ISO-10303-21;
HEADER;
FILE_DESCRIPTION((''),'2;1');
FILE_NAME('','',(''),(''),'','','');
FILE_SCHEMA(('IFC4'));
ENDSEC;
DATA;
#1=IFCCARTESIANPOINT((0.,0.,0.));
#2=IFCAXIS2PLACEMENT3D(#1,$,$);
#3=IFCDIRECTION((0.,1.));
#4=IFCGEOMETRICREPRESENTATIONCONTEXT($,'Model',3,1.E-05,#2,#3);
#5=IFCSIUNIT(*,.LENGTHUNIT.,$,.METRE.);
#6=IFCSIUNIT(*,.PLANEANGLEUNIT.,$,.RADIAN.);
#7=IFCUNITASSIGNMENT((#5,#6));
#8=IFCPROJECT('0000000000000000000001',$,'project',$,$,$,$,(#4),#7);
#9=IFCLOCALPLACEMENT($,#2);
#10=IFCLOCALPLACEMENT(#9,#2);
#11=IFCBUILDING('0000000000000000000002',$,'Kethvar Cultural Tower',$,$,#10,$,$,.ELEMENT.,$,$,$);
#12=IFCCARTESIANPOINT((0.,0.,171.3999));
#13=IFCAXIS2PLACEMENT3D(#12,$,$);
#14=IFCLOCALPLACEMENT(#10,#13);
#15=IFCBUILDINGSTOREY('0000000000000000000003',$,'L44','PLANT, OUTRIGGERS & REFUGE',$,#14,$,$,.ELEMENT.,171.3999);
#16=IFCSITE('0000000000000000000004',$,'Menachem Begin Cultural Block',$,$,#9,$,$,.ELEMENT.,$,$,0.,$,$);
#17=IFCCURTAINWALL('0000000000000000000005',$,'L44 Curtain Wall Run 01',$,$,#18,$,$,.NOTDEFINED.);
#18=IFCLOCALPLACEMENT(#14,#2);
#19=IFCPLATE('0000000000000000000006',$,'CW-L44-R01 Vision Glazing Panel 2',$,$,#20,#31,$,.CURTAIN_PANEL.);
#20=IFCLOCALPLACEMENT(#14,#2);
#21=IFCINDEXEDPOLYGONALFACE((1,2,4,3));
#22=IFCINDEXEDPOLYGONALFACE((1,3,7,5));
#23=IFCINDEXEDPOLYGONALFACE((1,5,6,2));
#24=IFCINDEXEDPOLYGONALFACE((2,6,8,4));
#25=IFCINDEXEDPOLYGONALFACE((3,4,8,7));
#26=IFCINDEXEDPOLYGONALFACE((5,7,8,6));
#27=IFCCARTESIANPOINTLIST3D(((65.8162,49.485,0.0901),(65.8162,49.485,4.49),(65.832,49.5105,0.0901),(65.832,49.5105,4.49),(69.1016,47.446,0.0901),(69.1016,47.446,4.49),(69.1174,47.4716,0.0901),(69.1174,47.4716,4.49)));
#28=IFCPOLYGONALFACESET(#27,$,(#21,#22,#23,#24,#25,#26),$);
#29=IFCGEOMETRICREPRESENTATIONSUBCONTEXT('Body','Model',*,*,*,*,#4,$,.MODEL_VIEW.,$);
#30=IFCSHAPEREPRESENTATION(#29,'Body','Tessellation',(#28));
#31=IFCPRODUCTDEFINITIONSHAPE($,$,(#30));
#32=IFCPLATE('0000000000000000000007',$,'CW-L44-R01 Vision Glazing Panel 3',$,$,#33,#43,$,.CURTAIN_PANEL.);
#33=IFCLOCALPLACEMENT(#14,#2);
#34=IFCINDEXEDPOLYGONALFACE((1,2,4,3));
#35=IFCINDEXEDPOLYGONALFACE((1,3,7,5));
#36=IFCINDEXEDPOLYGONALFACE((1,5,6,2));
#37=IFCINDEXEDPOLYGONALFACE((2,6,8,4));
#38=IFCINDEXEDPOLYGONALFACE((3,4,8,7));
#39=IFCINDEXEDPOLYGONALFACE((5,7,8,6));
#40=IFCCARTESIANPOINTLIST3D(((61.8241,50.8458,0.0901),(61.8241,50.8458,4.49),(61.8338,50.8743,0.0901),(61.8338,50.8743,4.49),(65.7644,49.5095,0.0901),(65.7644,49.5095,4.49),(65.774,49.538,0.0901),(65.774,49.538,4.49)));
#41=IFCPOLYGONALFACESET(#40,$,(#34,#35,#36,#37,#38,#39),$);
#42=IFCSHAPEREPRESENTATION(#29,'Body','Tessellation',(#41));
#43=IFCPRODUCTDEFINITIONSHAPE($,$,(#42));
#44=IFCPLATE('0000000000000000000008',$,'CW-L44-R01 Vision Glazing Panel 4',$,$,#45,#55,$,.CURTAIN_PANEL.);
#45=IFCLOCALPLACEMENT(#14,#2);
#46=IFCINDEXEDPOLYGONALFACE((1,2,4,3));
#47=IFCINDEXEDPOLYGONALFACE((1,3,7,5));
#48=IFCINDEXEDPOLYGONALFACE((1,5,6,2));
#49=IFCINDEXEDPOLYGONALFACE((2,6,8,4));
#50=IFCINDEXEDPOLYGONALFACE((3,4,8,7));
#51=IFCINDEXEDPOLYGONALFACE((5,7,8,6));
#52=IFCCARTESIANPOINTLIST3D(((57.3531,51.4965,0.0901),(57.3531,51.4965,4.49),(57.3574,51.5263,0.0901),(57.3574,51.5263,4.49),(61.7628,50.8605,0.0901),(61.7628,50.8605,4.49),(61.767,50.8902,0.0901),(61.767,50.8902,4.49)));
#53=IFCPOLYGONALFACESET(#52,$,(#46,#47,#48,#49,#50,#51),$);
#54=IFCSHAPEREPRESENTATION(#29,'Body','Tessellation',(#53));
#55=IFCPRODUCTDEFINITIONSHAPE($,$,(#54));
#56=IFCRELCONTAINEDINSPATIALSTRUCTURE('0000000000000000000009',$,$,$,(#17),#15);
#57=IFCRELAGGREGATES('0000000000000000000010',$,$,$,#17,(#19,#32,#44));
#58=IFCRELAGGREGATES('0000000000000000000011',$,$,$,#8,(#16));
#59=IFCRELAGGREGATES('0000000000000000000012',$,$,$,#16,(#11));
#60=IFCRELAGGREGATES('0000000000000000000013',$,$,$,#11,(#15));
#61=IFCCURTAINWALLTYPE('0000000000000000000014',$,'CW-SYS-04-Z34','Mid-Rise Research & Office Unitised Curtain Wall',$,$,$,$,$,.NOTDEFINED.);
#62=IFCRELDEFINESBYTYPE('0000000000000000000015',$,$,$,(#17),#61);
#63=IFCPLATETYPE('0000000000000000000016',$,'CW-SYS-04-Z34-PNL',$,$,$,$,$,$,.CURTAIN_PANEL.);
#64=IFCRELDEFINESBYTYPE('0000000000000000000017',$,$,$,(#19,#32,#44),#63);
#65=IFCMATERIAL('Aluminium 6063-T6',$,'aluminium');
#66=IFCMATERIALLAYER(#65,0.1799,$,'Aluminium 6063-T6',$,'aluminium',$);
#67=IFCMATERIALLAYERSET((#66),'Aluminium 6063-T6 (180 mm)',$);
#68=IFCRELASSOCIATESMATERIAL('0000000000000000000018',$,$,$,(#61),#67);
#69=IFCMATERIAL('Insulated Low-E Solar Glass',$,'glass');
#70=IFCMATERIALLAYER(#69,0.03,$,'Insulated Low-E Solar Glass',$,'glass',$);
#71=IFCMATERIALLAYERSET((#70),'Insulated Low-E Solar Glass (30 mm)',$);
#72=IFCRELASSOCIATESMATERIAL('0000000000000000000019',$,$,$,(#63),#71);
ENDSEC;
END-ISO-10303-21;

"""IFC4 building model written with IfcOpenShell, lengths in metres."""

from ifc_helpers import new_model, si_unit, direction, frame, origin, origin_2d, place, context, subcontext, project, spatial, rectangle, extrude, source, transform, mapped, material, layer, layer_set, type_object, element, aggregate, save


model = new_model("IFC4")

# Units and contexts
model_context = context("Model", 3, precision=1e-05, world=origin(), true_north=direction((0.0, 1.0)))
body_context = subcontext(model_context, "Body", "Model", "MODEL_VIEW")
ifc_project = project(units=[si_unit("LENGTHUNIT", "METRE"), si_unit("PLANEANGLEUNIT", "RADIAN")], contexts=[model_context])

# Site, building, storey
site_placement = place(None, origin())
site = spatial("IfcSite", under=ifc_project, at=site_placement, Name="Menachem Begin Cultural Block", CompositionType="ELEMENT", RefElevation=0.0)
building_placement = place(site_placement, origin())
building = spatial("IfcBuilding", under=site, at=building_placement, Name="Kethvar Cultural Tower", CompositionType="ELEMENT")
storey_placement = place(building_placement, frame((0.0, 0.0, 171.3999)))
storey = spatial("IfcBuildingStorey", under=building, at=storey_placement, Name="L44", Description="PLANT, OUTRIGGERS & REFUGE", CompositionType="ELEMENT", Elevation=171.3999)

# Curtain wall
ifc_material_1 = material(Name="Aluminium 6063-T6", Category="aluminium")
ifc_layer_1 = layer(ifc_material_1, 0.1799, Name="Aluminium 6063-T6", Category="aluminium")
ifc_layer_set_1 = layer_set([ifc_layer_1], Name="Aluminium 6063-T6 (180 mm)")
curtain_wall_type = type_object("IfcCurtainWallType", Name="CW-SYS-04-Z34", Description="Mid-Rise Research & Office Unitised Curtain Wall", PredefinedType="NOTDEFINED", material=ifc_layer_set_1)
curtain_wall_1_placement = place(storey_placement, origin())
curtain_wall_1 = element("IfcCurtainWall", 1, at=curtain_wall_1_placement, inside=storey, type_object=curtain_wall_type, Name="L44 Curtain Wall Run 01", PredefinedType="NOTDEFINED")

# Shared definitions
ifc_material_2 = material(Name="Insulated Low-E Solar Glass", Category="glass")
ifc_layer_2 = layer(ifc_material_2, 0.03, Name="Insulated Low-E Solar Glass", Category="glass")
ifc_layer_set_2 = layer_set([ifc_layer_2], Name="Insulated Low-E Solar Glass (30 mm)")
plate_type_1 = type_object("IfcPlateType", Name="CW-SYS-04-Z34-PNL", PredefinedType="CURTAIN_PANEL", material=ifc_layer_set_2)

# Plates
shared_shape_1 = source(origin(), body_context, "Body", "SweptSolid", [
    extrude(rectangle(XDim=3.8667, YDim=0.03, at=origin_2d()), origin(), (0.0, 0.0, 1.0), 4.3999),
])
plate_1_placement = place(storey_placement, frame((67.4668, 48.4783, 0.0901), z_axis=(0.0, 0.0, 1.0), x_axis=(-0.849672, 0.527312, 0.0)))
plate_1 = element("IfcPlate", 2, at=plate_1_placement, type_object=plate_type_1, Name="CW-L44-R01 Vision Glazing Panel 2", PredefinedType="CURTAIN_PANEL", context=body_context, shape_type="MappedRepresentation", body=[
    mapped(shared_shape_1, transform((0.0, 0.0, 0.0), scale=1.0)),
])
shared_shape_2 = source(origin(), body_context, "Body", "SweptSolid", [
    extrude(rectangle(XDim=4.1606, YDim=0.03, at=origin_2d()), origin(), (0.0, 0.0, 1.0), 4.3999),
])
plate_2_placement = place(storey_placement, frame((63.7991, 50.1919, 0.0901), z_axis=(0.0, 0.0, 1.0), x_axis=(-0.94702, 0.321175, 0.0)))
plate_2 = element("IfcPlate", 3, at=plate_2_placement, type_object=plate_type_1, Name="CW-L44-R01 Vision Glazing Panel 3", PredefinedType="CURTAIN_PANEL", context=body_context, shape_type="MappedRepresentation", body=[
    mapped(shared_shape_2, transform((0.0, 0.0, 0.0), scale=1.0)),
])
shared_shape_3 = source(origin(), body_context, "Body", "SweptSolid", [
    extrude(rectangle(XDim=4.4553, YDim=0.03, at=origin_2d()), origin(), (0.0, 0.0, 1.0), 4.3999),
])
plate_3_placement = place(storey_placement, frame((59.5601, 51.1934, 0.0901), z_axis=(0.0, 0.0, 1.0), x_axis=(-0.989756, 0.142767, 0.0)))
plate_3 = element("IfcPlate", 4, at=plate_3_placement, type_object=plate_type_1, Name="CW-L44-R01 Vision Glazing Panel 4", PredefinedType="CURTAIN_PANEL", context=body_context, shape_type="MappedRepresentation", body=[
    mapped(shared_shape_3, transform((0.0, 0.0, 0.0), scale=1.0)),
])
aggregate(curtain_wall_1, [plate_1, plate_2, plate_3])

save(model, "model.ifc")
